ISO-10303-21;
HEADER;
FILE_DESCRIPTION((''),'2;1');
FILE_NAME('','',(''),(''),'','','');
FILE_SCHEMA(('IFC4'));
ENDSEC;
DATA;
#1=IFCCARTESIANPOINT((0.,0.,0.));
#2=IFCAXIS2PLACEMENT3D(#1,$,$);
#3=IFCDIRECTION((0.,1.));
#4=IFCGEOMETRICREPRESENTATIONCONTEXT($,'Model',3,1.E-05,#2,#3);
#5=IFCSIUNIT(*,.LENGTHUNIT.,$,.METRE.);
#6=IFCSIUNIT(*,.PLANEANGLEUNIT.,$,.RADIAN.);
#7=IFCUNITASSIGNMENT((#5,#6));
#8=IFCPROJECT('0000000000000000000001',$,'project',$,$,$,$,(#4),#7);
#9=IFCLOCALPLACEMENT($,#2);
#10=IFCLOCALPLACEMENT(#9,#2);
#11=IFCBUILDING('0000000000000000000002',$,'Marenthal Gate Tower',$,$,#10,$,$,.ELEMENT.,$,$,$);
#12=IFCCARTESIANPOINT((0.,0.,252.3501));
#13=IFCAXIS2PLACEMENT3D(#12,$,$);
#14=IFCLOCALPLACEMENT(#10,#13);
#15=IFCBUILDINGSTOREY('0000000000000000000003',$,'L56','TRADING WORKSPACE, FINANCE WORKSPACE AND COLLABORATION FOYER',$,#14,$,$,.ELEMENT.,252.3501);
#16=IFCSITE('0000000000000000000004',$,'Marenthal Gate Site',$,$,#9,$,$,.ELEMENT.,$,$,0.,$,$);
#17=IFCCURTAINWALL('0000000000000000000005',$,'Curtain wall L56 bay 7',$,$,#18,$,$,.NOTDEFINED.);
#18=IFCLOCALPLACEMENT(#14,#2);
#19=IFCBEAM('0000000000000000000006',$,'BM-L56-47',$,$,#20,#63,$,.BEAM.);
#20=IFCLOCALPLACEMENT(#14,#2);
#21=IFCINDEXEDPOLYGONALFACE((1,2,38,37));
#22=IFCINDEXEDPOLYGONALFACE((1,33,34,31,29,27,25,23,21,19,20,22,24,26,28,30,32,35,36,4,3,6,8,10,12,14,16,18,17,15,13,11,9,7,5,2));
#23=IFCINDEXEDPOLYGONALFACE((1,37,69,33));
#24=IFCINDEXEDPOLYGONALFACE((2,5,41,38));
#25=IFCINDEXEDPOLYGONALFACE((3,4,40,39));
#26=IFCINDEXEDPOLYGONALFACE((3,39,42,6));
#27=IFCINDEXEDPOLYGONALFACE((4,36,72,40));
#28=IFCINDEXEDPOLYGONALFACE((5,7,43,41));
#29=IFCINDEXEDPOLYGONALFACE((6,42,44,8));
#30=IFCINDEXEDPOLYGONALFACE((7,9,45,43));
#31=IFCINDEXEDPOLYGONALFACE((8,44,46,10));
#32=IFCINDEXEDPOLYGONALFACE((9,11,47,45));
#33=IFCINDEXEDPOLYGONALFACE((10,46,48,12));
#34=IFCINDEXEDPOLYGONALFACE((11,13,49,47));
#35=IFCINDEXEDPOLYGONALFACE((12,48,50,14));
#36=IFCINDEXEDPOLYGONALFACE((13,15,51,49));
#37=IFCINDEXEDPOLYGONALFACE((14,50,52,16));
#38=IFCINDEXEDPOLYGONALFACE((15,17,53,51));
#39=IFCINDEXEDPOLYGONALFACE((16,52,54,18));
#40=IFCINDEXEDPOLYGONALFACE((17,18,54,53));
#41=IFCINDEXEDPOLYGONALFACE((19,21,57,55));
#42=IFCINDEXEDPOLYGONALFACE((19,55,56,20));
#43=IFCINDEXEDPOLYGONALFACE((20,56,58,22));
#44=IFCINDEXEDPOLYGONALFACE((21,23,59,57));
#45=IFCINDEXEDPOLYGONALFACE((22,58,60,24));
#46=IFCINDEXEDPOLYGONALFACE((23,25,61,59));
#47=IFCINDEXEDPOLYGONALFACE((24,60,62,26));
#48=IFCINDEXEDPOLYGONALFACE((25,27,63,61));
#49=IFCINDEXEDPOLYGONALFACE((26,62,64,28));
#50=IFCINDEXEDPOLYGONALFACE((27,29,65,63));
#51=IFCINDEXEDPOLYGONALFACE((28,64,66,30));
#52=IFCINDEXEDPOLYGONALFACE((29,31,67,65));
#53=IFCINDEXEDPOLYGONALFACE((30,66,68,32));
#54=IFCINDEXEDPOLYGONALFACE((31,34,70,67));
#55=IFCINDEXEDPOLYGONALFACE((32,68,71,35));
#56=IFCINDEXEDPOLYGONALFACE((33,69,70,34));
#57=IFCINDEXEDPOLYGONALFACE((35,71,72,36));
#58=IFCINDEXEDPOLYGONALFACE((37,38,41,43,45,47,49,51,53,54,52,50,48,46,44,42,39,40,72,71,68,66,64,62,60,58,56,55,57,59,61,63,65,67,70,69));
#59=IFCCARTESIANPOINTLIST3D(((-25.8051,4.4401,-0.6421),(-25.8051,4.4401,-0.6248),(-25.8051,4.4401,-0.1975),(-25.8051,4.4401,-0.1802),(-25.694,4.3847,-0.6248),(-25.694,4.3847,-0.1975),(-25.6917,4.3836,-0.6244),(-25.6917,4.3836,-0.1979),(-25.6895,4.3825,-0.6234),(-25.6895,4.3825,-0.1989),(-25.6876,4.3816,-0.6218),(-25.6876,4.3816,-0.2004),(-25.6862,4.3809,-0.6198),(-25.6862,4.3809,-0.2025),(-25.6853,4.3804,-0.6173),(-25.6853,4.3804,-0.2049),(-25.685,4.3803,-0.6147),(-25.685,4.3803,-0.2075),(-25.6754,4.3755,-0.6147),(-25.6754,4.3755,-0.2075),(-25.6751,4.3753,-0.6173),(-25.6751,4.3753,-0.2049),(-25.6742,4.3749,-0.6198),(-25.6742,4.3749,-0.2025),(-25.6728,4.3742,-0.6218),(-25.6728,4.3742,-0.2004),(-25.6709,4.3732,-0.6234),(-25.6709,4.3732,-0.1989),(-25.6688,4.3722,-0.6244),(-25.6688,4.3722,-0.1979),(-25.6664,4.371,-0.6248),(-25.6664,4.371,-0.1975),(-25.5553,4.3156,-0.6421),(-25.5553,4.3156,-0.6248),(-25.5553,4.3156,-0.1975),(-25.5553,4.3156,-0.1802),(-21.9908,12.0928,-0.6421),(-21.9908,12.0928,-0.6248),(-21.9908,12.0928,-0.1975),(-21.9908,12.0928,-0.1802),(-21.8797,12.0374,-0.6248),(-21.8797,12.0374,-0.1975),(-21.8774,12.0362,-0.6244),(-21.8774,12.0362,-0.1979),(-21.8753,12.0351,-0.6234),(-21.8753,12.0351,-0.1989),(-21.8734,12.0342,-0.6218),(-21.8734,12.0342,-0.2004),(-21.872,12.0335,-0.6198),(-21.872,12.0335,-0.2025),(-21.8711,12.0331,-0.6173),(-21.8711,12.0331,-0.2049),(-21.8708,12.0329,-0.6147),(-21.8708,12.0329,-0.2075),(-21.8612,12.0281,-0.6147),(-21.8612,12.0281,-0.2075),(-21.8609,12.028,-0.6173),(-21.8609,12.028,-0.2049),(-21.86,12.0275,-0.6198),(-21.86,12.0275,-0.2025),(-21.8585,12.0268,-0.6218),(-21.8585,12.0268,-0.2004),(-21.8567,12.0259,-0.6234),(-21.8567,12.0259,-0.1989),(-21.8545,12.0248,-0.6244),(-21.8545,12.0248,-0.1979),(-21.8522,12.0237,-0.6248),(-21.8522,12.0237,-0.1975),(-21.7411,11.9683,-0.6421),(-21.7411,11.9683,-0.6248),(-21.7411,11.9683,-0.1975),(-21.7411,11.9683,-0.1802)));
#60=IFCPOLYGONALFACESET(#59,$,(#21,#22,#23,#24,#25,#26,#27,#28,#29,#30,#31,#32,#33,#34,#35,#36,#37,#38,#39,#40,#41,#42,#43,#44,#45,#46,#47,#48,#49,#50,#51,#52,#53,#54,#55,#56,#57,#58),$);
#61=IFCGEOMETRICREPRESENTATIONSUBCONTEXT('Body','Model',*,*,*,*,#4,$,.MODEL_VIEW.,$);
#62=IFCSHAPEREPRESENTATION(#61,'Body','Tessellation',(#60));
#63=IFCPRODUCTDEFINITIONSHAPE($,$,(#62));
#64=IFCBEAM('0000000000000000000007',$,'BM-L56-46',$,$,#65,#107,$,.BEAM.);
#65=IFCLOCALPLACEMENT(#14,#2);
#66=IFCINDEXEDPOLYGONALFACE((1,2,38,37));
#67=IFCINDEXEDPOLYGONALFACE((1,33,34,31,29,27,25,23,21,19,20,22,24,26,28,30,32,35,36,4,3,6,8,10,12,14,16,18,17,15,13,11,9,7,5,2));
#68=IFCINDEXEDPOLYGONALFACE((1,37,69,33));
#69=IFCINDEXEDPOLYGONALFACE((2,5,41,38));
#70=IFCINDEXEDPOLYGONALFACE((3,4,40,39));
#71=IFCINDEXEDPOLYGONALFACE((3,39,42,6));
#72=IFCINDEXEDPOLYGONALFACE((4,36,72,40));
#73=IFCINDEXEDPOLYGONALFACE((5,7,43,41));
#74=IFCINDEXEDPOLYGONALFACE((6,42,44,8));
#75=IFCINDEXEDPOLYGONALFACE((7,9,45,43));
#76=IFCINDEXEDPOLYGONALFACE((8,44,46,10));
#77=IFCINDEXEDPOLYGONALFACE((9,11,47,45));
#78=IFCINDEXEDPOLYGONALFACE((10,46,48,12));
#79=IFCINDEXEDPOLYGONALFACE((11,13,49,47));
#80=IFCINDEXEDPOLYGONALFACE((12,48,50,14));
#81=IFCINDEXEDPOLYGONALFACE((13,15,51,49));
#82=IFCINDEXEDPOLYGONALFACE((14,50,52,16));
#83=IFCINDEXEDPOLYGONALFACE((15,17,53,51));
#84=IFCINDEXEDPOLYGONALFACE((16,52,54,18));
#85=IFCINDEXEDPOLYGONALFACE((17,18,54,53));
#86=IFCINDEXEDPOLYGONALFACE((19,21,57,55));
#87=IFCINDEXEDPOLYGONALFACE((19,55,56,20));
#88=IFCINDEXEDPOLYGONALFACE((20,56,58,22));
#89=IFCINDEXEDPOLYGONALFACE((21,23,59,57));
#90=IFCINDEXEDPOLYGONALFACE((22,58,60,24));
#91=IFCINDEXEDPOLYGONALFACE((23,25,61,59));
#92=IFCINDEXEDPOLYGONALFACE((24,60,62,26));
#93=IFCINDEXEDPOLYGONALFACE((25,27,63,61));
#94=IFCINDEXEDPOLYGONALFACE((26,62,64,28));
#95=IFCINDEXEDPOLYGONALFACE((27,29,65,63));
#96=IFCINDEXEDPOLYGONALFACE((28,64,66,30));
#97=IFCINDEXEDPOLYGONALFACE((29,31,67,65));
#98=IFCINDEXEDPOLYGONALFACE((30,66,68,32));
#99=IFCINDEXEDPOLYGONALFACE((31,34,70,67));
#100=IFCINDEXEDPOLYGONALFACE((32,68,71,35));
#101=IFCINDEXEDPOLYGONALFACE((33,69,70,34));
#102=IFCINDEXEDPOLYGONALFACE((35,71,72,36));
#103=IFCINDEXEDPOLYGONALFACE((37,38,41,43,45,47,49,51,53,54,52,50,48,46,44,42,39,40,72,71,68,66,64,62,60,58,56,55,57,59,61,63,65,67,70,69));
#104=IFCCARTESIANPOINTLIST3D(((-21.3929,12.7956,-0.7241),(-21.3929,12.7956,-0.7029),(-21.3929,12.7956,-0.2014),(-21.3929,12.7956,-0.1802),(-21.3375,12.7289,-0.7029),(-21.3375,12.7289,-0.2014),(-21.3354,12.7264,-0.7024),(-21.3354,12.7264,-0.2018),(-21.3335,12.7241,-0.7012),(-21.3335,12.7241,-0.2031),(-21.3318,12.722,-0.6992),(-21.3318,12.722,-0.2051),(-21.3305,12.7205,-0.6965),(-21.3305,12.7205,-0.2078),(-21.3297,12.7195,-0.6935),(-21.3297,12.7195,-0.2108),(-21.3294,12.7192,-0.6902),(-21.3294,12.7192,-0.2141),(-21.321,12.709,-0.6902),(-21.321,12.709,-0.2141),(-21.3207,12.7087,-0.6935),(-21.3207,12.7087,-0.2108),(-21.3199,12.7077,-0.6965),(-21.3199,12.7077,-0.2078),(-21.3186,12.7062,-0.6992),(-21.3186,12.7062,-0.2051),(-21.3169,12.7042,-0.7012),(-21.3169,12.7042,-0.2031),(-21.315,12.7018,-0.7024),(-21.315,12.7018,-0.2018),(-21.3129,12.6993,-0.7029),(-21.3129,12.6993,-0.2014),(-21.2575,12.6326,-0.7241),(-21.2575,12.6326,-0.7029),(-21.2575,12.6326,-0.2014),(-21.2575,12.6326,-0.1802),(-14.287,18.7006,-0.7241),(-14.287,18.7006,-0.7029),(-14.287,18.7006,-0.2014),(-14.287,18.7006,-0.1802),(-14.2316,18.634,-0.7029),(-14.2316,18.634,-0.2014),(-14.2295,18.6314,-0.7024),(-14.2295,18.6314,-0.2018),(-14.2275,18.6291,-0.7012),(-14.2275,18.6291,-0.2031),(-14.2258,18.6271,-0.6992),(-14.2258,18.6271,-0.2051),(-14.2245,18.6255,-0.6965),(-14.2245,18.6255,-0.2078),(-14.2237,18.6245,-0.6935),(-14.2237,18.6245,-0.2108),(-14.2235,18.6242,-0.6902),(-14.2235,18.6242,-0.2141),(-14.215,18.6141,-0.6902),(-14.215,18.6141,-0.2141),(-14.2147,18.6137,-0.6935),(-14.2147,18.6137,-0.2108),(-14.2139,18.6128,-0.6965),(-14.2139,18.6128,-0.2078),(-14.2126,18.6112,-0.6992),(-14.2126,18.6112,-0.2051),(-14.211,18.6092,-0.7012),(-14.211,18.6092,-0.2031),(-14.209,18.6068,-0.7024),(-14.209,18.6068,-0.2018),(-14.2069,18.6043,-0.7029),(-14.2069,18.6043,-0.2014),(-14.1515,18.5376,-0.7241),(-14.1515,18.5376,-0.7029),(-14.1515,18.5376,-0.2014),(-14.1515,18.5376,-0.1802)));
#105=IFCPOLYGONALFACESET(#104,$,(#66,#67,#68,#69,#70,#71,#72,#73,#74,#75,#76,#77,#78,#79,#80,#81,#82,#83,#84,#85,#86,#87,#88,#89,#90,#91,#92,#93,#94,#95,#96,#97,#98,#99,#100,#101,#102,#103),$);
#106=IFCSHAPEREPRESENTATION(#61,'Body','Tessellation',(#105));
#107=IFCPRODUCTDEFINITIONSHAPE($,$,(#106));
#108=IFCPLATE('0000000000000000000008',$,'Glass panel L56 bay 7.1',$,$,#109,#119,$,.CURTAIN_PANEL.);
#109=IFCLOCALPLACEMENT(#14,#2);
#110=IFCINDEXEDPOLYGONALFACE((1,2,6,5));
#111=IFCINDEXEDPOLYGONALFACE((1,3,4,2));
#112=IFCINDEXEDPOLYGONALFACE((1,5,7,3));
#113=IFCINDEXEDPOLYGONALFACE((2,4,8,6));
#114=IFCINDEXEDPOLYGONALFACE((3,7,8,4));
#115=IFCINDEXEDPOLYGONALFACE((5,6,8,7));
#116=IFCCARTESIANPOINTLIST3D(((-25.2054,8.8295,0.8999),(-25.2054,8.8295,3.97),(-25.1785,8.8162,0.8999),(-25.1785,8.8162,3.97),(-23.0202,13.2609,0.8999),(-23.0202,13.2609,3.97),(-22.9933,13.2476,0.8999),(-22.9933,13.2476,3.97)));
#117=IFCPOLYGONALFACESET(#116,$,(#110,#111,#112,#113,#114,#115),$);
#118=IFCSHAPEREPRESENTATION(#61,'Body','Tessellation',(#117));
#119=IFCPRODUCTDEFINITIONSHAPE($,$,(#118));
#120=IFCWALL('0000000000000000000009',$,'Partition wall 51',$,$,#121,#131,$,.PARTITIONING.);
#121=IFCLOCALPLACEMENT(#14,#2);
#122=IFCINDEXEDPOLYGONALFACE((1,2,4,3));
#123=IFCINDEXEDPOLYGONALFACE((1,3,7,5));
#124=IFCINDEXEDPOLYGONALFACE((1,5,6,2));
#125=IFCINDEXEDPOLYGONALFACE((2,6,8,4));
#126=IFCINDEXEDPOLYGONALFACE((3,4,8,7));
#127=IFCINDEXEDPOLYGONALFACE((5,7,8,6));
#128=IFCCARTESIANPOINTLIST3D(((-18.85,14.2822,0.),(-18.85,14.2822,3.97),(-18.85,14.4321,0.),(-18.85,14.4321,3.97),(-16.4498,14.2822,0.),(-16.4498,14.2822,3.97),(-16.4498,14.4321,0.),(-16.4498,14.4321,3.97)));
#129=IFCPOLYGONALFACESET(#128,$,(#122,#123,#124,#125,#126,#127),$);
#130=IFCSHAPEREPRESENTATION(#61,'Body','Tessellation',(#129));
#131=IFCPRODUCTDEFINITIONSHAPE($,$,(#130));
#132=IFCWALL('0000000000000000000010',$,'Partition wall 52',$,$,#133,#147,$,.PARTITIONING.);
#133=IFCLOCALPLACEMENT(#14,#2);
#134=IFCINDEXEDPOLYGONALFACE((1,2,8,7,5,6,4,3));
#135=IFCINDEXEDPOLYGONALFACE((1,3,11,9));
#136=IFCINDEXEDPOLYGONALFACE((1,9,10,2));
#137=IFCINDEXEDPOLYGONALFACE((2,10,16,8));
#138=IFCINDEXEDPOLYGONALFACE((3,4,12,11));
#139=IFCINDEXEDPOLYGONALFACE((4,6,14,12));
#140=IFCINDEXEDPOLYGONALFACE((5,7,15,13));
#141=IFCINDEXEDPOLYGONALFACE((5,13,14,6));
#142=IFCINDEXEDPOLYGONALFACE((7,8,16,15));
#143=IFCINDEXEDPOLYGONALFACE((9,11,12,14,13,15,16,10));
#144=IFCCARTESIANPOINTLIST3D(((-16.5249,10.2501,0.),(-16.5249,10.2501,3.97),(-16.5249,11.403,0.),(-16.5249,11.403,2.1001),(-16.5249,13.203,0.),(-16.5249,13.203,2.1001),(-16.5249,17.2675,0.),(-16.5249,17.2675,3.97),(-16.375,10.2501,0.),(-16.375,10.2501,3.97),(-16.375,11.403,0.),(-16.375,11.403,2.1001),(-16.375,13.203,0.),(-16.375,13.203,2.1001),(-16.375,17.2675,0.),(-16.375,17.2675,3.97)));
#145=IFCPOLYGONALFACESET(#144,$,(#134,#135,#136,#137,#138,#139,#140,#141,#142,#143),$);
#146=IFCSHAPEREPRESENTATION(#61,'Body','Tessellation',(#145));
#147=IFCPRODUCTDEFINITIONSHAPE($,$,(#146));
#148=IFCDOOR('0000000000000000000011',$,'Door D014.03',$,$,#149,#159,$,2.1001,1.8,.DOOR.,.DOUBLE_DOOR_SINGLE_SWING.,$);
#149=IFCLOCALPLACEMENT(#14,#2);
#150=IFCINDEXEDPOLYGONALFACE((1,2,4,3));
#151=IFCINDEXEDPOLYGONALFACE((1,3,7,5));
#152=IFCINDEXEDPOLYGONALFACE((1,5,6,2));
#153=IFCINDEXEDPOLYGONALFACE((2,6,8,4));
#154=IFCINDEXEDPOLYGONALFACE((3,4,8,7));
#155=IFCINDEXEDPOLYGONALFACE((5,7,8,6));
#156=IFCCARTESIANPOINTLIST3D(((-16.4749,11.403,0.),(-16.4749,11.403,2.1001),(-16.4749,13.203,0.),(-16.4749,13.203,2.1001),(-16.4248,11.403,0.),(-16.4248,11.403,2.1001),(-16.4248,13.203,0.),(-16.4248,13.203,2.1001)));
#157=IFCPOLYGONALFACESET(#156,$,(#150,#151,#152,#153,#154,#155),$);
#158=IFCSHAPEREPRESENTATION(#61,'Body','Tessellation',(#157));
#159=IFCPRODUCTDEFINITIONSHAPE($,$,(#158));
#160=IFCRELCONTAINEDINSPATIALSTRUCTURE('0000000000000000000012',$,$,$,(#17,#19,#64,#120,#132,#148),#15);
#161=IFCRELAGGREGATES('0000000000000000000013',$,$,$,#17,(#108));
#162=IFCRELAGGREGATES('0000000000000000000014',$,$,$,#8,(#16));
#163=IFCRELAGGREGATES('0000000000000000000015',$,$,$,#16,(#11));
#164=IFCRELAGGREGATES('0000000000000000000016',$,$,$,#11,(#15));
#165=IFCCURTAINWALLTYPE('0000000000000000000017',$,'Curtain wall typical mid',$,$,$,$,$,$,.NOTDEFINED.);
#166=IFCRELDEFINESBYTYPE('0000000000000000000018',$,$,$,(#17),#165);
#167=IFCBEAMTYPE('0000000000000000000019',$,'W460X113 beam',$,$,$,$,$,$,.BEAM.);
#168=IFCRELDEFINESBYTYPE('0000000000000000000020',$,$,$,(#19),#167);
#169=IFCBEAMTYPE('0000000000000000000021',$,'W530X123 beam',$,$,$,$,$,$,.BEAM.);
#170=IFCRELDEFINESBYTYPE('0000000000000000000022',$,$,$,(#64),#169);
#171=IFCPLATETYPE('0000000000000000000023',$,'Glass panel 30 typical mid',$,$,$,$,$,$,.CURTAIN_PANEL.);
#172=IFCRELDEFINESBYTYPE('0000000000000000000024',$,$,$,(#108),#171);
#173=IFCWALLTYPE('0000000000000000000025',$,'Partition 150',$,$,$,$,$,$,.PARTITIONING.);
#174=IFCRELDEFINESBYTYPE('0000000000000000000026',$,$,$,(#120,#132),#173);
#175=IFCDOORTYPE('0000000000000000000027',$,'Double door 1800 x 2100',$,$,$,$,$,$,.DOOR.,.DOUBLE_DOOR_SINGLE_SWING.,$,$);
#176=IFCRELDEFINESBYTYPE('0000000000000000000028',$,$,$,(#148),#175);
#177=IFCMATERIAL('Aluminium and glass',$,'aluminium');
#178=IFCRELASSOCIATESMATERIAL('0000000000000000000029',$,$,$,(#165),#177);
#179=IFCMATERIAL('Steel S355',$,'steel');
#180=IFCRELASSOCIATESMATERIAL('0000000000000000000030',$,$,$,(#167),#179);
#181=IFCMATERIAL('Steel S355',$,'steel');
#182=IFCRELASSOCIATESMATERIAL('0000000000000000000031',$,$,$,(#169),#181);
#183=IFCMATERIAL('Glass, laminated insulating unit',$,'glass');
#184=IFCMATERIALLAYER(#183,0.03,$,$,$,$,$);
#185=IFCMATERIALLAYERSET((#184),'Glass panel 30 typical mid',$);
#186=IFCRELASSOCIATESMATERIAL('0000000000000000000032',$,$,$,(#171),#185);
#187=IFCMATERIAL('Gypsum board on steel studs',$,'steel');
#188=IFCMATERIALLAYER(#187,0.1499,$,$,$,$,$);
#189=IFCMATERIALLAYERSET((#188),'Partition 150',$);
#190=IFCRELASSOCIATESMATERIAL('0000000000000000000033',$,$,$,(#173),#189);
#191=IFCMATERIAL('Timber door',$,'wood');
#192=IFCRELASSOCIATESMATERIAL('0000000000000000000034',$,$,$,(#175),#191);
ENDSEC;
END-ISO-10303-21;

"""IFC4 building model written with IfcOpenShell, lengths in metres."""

from ifc_helpers import new_model, si_unit, direction, frame, frame_2d, origin, origin_2d, place, context, subcontext, project, spatial, rectangle, i_section, extrude, material, layer, layer_set, material_profile, profile_set, type_object, element, fill, aggregate, save


model = new_model("IFC4")

# Units and contexts
model_context = context("Model", 3, precision=1e-05, world=origin(), true_north=direction((0.0, 1.0)))
body_context = subcontext(model_context, "Body", "Model", "MODEL_VIEW")
ifc_project = project(units=[si_unit("LENGTHUNIT", "METRE"), si_unit("PLANEANGLEUNIT", "RADIAN")], contexts=[model_context])

# Site, building, storey
site_placement = place(None, origin())
site = spatial("IfcSite", under=ifc_project, at=site_placement, Name="Marenthal Gate Site", CompositionType="ELEMENT", RefElevation=0.0)
building_placement = place(site_placement, origin())
building = spatial("IfcBuilding", under=site, at=building_placement, Name="Marenthal Gate Tower", CompositionType="ELEMENT")
storey_placement = place(building_placement, frame((0.0, 0.0, 252.3501)))
storey = spatial("IfcBuildingStorey", under=building, at=storey_placement, Name="L56", Description="TRADING WORKSPACE, FINANCE WORKSPACE AND COLLABORATION FOYER", CompositionType="ELEMENT", Elevation=252.3501)

# Shared definitions
ifc_material_1 = material(Name="Aluminium and glass", Category="aluminium")
curtain_wall_type = type_object("IfcCurtainWallType", Name="Curtain wall typical mid", PredefinedType="NOTDEFINED", material=ifc_material_1)

# Curtain wall
curtain_wall_1_placement = place(storey_placement, origin())
curtain_wall_1 = element("IfcCurtainWall", 1, at=curtain_wall_1_placement, inside=storey, type_object=curtain_wall_type, Name="Curtain wall L56 bay 7", PredefinedType="NOTDEFINED")

# Beams
ifc_material_2 = material(Name="Steel S355", Category="steel")
ifc_material_profile_1 = material_profile(ifc_material_2, i_section(OverallWidth=0.2791, OverallDepth=0.4619, WebThickness=0.0107, FlangeThickness=0.0173, FilletRadius=0.01, at=origin_2d()), Name="W460X113")
ifc_profile_set_1 = profile_set([ifc_material_profile_1], Name="Steel S355")
beam_type_1 = type_object("IfcBeamType", Name="W460X113 beam", PredefinedType="BEAM", material=ifc_profile_set_1)
beam_1_placement = place(storey_placement, frame((-21.866, 12.0305, -0.4111), z_axis=(-0.446083, -0.894992, 0.0), x_axis=(0.894992, -0.446083, 0.0)))
element("IfcBeam", 2, at=beam_1_placement, inside=storey, type_object=beam_type_1, Name="BM-L56-47", PredefinedType="BEAM", context=body_context, shape_type="SweptSolid", body=[
    extrude(i_section(OverallWidth=0.2791, OverallDepth=0.4619, WebThickness=0.0107, FlangeThickness=0.0173, FilletRadius=0.01, at=origin_2d()), origin(), (0.0, 0.0, 1.0), 8.5505),
])
ifc_material_3 = material(Name="Steel S355", Category="steel")
ifc_material_profile_2 = material_profile(ifc_material_3, i_section(OverallWidth=0.2119, OverallDepth=0.5439, WebThickness=0.0132, FlangeThickness=0.0212, FilletRadius=0.0127, at=origin_2d()), Name="W530X123")
ifc_profile_set_2 = profile_set([ifc_material_profile_2], Name="Steel S355")
beam_type_2 = type_object("IfcBeamType", Name="W530X123 beam", PredefinedType="BEAM", material=ifc_profile_set_2)
beam_2_placement = place(storey_placement, frame((-14.2192, 18.6191, -0.4521), z_axis=(-0.769104, -0.639123, 0.0), x_axis=(0.639123, -0.769104, 0.0)))
element("IfcBeam", 3, at=beam_2_placement, inside=storey, type_object=beam_type_2, Name="BM-L56-46", PredefinedType="BEAM", context=body_context, shape_type="SweptSolid", body=[
    extrude(i_section(OverallWidth=0.2119, OverallDepth=0.5439, WebThickness=0.0132, FlangeThickness=0.0212, FilletRadius=0.0127, at=origin_2d()), origin(), (0.0, 0.0, 1.0), 9.2393),
])

# Plate
ifc_material_4 = material(Name="Glass, laminated insulating unit", Category="glass")
ifc_layer_1 = layer(ifc_material_4, 0.03)
ifc_layer_set_1 = layer_set([ifc_layer_1], Name="Glass panel 30 typical mid")
plate_type = type_object("IfcPlateType", Name="Glass panel 30 typical mid", PredefinedType="CURTAIN_PANEL", material=ifc_layer_set_1)
plate_placement = place(storey_placement, frame((-24.0994, 11.0386, 0.8999), z_axis=(0.0, 0.0, 1.0), x_axis=(-0.442269, -0.896882, 0.0)))
plate = element("IfcPlate", 4, at=plate_placement, type_object=plate_type, Name="Glass panel L56 bay 7.1", PredefinedType="CURTAIN_PANEL", context=body_context, shape_type="SweptSolid", body=[
    extrude(rectangle(XDim=4.9409, YDim=0.03, at=origin_2d()), origin(), (0.0, 0.0, 1.0), 3.0701),
])
aggregate(curtain_wall_1, [plate])

# Wall
ifc_material_5 = material(Name="Gypsum board on steel studs", Category="steel")
ifc_layer_2 = layer(ifc_material_5, 0.1499)
ifc_layer_set_2 = layer_set([ifc_layer_2], Name="Partition 150")
wall_type_1 = type_object("IfcWallType", Name="Partition 150", PredefinedType="PARTITIONING", material=ifc_layer_set_2)
wall_1_placement = place(storey_placement, frame((-18.8501, 14.3572, 0.0), z_axis=(0.0, 0.0, 1.0), x_axis=(1.0, 0.0, 0.0)))
element("IfcWall", 5, at=wall_1_placement, inside=storey, type_object=wall_type_1, Name="Partition wall 51", PredefinedType="PARTITIONING", context=body_context, shape_type="SweptSolid", body=[
    extrude(rectangle(XDim=2.4001, YDim=0.1499, at=frame_2d((1.2002, 0.0))), origin(), (0.0, 0.0, 1.0), 3.97),
])

# Wall, opening, door
wall_2_placement = place(storey_placement, frame((-16.45, 10.25, 0.0), z_axis=(0.0, 0.0, 1.0), x_axis=(0.0, 1.0, 0.0)))
wall_2 = element("IfcWall", 6, at=wall_2_placement, inside=storey, type_object=wall_type_1, Name="Partition wall 52", PredefinedType="PARTITIONING", context=body_context, shape_type="SweptSolid", body=[
    extrude(rectangle(XDim=7.0173, YDim=0.1499, at=frame_2d((3.5088, 0.0))), origin(), (0.0, 0.0, 1.0), 3.97),
])
opening_1_placement = place(wall_2_placement, frame((1.1531, 0.0, 0.0)))
opening_1 = element("IfcOpeningElement", 7, at=opening_1_placement, cuts=wall_2, PredefinedType="OPENING", context=body_context, shape_type="SweptSolid", body=[
    extrude(rectangle(XDim=1.8, YDim=2.1001, at=frame_2d((0.8999, 1.05))), frame((0.0, 0.085, 0.0), z_axis=(0.0, -1.0, 0.0), x_axis=(1.0, 0.0, 0.0)), (0.0, 0.0, 1.0), 0.1699),
])
ifc_material_6 = material(Name="Timber door", Category="wood")
door_type_1 = type_object("IfcDoorType", Name="Double door 1800 x 2100", OperationType="DOUBLE_DOOR_SINGLE_SWING", PredefinedType="DOOR", material=ifc_material_6)
door_1_placement = place(opening_1_placement, origin())
door_1 = element("IfcDoor", 8, at=door_1_placement, inside=storey, type_object=door_type_1, Name="Door D014.03", OperationType="DOUBLE_DOOR_SINGLE_SWING", OverallHeight=2.1001, OverallWidth=1.8, PredefinedType="DOOR", context=body_context, shape_type="SweptSolid", body=[
    extrude(rectangle(XDim=1.8, YDim=2.1001, at=frame_2d((0.8999, 1.05))), frame((0.0, 0.0249, 0.0), z_axis=(0.0, -1.0, 0.0), x_axis=(1.0, 0.0, 0.0)), (0.0, 0.0, 1.0), 0.05),
])
fill(opening_1, door_1)

save(model, "model.ifc")
